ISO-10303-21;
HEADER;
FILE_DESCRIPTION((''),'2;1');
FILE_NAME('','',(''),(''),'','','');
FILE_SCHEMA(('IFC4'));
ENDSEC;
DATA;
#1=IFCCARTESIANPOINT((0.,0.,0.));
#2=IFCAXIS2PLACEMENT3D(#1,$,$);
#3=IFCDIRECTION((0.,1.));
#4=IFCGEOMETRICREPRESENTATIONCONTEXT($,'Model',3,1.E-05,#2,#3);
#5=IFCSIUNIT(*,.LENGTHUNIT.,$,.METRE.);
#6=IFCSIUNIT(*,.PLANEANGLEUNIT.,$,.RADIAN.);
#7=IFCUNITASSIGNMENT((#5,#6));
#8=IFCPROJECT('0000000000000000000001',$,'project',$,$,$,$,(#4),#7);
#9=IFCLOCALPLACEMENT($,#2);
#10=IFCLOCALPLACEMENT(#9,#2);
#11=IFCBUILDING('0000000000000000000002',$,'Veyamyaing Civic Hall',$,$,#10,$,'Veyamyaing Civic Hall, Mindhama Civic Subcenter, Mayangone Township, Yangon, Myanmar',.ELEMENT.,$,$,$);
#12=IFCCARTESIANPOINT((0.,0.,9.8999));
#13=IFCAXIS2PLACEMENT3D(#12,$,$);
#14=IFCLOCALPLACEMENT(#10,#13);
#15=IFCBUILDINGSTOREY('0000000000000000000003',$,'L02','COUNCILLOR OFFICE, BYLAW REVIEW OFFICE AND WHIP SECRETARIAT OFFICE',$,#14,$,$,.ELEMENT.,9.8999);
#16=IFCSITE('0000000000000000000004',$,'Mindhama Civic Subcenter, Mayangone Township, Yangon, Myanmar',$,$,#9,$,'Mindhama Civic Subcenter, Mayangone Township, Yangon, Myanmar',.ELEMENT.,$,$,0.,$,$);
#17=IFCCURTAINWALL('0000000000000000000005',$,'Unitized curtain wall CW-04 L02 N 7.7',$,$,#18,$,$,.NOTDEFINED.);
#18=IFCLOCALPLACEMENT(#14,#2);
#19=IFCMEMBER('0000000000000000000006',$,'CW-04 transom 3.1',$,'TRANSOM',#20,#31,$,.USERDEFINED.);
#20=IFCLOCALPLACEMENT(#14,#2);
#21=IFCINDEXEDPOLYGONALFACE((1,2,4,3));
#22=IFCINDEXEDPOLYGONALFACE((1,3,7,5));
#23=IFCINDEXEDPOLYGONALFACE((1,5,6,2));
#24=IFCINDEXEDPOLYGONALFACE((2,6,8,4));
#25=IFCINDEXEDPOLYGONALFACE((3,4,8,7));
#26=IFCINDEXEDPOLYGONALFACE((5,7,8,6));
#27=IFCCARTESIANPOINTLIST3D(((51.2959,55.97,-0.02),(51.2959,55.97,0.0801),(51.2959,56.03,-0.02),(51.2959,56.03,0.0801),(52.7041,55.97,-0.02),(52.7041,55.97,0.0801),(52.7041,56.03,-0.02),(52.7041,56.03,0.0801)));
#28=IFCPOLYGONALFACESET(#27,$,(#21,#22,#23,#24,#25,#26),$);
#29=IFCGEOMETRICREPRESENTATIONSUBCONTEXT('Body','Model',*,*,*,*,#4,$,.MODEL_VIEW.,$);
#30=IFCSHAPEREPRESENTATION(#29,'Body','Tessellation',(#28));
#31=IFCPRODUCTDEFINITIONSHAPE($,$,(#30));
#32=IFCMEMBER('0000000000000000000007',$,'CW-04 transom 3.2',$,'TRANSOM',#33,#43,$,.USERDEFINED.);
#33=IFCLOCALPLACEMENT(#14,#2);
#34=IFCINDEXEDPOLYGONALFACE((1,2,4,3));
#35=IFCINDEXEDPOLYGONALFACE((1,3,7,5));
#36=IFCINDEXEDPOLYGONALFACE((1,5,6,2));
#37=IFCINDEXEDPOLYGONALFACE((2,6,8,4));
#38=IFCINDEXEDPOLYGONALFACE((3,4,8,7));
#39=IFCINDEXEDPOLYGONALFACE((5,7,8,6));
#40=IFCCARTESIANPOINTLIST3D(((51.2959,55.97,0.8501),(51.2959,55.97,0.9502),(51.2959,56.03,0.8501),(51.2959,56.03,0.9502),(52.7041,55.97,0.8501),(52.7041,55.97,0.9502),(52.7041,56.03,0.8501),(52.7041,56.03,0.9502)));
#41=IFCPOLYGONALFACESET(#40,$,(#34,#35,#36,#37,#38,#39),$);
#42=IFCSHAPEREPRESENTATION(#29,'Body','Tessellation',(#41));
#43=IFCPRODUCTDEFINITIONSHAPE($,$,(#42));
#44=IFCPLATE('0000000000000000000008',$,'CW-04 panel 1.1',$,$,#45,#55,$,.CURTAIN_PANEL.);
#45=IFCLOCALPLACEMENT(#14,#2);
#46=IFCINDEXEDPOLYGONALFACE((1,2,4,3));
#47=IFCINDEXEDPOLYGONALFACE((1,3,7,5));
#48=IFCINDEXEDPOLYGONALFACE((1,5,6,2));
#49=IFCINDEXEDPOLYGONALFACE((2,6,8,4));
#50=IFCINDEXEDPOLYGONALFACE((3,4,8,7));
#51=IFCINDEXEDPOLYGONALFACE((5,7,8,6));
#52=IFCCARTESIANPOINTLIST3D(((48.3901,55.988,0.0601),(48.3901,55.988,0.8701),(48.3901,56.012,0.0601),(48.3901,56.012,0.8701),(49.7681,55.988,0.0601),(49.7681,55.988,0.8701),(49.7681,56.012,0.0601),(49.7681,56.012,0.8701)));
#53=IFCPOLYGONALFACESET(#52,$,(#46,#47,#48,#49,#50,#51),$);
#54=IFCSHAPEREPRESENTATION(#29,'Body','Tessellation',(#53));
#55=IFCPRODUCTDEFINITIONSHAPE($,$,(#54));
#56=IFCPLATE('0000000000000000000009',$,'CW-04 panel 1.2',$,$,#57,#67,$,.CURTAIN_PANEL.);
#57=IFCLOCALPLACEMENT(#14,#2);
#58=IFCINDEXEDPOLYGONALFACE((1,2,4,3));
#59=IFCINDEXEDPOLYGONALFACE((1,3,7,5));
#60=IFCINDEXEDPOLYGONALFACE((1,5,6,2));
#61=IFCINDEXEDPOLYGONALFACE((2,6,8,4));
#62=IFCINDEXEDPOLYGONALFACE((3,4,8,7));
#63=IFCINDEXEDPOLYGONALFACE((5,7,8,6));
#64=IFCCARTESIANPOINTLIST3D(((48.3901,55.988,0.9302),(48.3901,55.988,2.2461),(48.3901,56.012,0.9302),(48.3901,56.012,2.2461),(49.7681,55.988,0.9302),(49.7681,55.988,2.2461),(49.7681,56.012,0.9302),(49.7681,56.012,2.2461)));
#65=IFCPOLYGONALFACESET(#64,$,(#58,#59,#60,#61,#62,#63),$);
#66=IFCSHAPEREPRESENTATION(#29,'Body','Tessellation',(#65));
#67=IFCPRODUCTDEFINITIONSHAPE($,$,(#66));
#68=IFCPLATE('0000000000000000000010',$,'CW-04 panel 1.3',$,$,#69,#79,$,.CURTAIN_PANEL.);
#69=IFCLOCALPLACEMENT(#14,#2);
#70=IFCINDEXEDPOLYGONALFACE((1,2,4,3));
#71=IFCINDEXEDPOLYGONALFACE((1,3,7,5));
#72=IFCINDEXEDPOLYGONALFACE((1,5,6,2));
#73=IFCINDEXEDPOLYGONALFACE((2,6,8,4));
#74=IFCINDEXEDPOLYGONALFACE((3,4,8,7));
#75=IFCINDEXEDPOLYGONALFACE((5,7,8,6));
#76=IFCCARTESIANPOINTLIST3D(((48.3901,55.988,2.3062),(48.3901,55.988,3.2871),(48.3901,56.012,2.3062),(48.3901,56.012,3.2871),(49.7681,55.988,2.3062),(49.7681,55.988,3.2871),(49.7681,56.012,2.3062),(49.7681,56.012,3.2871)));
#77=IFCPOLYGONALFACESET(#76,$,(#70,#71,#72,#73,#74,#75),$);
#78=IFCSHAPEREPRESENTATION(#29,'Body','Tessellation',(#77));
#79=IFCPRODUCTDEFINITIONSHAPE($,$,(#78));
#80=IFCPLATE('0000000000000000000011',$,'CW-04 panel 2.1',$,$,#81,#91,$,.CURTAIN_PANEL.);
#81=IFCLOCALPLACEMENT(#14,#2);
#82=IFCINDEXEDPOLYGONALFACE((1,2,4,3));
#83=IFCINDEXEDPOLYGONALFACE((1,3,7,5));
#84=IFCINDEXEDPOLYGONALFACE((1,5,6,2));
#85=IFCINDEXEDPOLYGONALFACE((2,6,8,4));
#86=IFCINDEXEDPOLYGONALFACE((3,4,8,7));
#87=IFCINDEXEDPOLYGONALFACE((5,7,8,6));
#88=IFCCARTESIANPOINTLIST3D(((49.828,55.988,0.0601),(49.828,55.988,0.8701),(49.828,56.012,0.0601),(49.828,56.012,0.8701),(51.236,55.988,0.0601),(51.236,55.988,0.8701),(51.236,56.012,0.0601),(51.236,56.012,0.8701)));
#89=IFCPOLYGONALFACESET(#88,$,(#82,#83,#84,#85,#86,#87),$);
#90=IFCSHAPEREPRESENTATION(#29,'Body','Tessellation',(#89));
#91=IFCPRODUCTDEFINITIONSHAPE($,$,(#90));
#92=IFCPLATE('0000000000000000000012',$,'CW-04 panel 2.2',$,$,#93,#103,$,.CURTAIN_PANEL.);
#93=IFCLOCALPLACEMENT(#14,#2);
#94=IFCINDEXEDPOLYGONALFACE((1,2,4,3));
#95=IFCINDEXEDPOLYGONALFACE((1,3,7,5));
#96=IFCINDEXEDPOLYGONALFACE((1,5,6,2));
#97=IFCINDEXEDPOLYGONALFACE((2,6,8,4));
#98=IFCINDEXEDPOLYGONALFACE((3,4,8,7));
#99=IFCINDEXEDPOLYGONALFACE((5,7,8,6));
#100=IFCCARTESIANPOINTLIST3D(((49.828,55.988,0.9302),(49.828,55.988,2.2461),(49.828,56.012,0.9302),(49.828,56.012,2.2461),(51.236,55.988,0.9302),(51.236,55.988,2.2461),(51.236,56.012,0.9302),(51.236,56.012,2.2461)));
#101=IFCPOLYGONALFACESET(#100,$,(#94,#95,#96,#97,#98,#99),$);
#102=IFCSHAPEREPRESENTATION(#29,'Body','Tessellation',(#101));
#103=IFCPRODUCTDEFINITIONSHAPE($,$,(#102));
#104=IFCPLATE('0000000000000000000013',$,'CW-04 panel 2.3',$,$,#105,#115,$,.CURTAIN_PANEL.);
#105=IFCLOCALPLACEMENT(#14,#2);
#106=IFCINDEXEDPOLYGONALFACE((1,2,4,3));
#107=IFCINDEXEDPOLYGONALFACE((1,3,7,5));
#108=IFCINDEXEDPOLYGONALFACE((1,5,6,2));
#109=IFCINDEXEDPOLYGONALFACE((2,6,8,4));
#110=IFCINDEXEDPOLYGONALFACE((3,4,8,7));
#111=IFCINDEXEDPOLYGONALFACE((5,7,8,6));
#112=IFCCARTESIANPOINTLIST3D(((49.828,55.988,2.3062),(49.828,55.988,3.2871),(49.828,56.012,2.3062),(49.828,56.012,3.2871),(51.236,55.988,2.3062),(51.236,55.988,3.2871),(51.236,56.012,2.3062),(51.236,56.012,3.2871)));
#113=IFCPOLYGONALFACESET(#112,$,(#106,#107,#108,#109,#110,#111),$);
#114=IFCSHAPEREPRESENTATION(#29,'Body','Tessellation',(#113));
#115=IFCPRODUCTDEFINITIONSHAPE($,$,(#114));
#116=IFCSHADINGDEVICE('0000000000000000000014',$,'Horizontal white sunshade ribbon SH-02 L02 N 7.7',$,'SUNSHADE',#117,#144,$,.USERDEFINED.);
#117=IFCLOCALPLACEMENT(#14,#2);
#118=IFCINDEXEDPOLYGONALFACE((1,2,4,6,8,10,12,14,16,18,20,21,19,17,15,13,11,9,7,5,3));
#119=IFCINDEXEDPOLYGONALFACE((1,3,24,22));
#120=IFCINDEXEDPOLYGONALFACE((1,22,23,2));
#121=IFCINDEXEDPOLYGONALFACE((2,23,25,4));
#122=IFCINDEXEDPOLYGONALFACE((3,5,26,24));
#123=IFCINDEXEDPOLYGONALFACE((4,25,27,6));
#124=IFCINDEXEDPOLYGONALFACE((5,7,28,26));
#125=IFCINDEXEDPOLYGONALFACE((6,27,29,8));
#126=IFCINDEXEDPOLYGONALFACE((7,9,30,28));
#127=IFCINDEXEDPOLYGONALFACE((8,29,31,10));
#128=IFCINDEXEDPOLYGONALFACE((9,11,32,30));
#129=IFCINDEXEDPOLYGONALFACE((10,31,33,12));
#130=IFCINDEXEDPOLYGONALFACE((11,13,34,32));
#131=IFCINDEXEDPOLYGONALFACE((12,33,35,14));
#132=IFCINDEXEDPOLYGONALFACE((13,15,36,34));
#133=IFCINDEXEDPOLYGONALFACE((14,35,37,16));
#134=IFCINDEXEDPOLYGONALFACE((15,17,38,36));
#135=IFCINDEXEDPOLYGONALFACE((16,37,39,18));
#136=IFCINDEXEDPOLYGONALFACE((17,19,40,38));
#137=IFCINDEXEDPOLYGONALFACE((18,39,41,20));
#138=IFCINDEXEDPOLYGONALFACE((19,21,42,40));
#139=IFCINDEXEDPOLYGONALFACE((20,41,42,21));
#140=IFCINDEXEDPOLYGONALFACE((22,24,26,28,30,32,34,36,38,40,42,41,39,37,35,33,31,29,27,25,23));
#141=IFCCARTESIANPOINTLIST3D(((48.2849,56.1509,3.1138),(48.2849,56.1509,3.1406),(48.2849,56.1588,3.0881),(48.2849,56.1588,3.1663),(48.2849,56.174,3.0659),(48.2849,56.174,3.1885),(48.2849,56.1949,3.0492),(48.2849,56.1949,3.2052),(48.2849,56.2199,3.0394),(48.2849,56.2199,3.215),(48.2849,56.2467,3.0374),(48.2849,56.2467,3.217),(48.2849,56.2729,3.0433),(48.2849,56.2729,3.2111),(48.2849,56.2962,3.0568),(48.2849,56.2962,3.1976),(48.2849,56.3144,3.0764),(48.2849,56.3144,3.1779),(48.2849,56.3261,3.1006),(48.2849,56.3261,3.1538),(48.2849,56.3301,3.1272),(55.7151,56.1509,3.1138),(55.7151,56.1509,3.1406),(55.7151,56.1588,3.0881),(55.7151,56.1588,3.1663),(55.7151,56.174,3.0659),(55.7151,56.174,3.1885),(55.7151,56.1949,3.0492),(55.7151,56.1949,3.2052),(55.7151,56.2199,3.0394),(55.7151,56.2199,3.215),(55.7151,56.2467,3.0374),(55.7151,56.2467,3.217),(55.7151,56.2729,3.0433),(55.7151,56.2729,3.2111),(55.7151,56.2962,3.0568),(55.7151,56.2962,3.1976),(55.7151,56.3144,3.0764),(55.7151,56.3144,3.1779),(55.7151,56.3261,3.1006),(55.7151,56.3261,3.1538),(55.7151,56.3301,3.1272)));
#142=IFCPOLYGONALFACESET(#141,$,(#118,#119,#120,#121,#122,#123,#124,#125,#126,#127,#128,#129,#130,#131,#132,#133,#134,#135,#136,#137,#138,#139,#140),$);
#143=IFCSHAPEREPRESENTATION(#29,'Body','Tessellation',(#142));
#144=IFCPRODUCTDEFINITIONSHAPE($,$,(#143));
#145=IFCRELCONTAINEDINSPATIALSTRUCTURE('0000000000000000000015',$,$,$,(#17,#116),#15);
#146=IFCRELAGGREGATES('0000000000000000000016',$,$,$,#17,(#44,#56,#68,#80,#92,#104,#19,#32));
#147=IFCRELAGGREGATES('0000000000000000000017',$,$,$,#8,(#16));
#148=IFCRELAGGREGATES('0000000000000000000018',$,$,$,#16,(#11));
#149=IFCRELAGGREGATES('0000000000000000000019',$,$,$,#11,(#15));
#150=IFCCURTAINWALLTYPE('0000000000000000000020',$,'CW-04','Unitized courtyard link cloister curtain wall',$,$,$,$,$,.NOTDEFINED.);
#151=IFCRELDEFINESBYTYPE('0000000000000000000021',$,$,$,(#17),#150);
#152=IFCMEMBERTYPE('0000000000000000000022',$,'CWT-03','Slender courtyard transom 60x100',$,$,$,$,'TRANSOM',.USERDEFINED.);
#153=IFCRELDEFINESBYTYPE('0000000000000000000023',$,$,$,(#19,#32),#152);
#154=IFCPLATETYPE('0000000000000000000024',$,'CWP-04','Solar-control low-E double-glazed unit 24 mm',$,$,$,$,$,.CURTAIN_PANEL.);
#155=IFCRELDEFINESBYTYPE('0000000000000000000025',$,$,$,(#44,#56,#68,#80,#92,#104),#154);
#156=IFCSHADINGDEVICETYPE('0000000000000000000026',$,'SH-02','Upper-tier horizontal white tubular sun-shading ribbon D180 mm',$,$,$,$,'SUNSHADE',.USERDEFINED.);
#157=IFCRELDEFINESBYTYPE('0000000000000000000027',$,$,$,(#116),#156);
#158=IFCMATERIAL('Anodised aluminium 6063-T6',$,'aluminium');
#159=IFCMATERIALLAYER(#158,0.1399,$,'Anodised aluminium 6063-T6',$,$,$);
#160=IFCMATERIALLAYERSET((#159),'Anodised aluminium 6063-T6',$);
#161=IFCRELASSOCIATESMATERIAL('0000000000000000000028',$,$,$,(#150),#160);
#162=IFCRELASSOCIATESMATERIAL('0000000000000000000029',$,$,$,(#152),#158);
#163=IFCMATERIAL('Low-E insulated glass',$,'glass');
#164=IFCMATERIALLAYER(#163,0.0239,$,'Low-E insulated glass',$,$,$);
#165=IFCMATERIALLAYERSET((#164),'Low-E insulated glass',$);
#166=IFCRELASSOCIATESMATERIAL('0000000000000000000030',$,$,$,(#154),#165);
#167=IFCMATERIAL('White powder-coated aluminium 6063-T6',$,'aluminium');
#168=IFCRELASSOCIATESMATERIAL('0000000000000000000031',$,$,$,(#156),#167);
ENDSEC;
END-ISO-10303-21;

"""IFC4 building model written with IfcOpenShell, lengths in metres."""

from ifc_helpers import new_model, si_unit, direction, frame, origin, origin_2d, place, context, subcontext, project, spatial, rectangle, circle, extrude, material, layer, layer_set, material_profile, profile_set, type_object, element, aggregate, save


model = new_model("IFC4")

# Units and contexts
model_context = context("Model", 3, precision=1e-05, world=origin(), true_north=direction((0.0, 1.0)))
body_context = subcontext(model_context, "Body", "Model", "MODEL_VIEW")
ifc_project = project(units=[si_unit("LENGTHUNIT", "METRE"), si_unit("PLANEANGLEUNIT", "RADIAN")], contexts=[model_context])

# Site, building, storey
site_placement = place(None, origin())
site = spatial("IfcSite", under=ifc_project, at=site_placement, Name="Mindhama Civic Subcenter, Mayangone Township, Yangon, Myanmar", LongName="Mindhama Civic Subcenter, Mayangone Township, Yangon, Myanmar", CompositionType="ELEMENT", RefElevation=0.0)
building_placement = place(site_placement, origin())
building = spatial("IfcBuilding", under=site, at=building_placement, Name="Veyamyaing Civic Hall", LongName="Veyamyaing Civic Hall, Mindhama Civic Subcenter, Mayangone Township, Yangon, Myanmar", CompositionType="ELEMENT")
storey_placement = place(building_placement, frame((0.0, 0.0, 9.8999)))
storey = spatial("IfcBuildingStorey", under=building, at=storey_placement, Name="L02", Description="COUNCILLOR OFFICE, BYLAW REVIEW OFFICE AND WHIP SECRETARIAT OFFICE", CompositionType="ELEMENT", Elevation=9.8999)

# Curtain wall, members, plates
ifc_material_1 = material(Name="Anodised aluminium 6063-T6", Category="aluminium")
ifc_layer_1 = layer(ifc_material_1, 0.1399, Name="Anodised aluminium 6063-T6")
ifc_layer_set_1 = layer_set([ifc_layer_1], Name="Anodised aluminium 6063-T6")
curtain_wall_type = type_object("IfcCurtainWallType", Name="CW-04", Description="Unitized courtyard link cloister curtain wall", PredefinedType="NOTDEFINED", material=ifc_layer_set_1)
curtain_wall_placement = place(storey_placement, origin())
curtain_wall = element("IfcCurtainWall", 1, at=curtain_wall_placement, inside=storey, type_object=curtain_wall_type, Name="Unitized curtain wall CW-04 L02 N 7.7", PredefinedType="NOTDEFINED")
ifc_material_profile_1 = material_profile(ifc_material_1, rectangle(XDim=0.0601, YDim=0.1001, at=origin_2d()), Name="ALU-TRN-60X100")
ifc_profile_set_1 = profile_set([ifc_material_profile_1], Name="Anodised aluminium 6063-T6")
member_type_1 = type_object("IfcMemberType", Name="CWT-03", Description="Slender courtyard transom 60x100", ElementType="TRANSOM", PredefinedType="USERDEFINED", material=ifc_profile_set_1)
member_1_placement = place(storey_placement, frame((51.2959, 56.0, 0.03), z_axis=(1.0, 0.0, 0.0), x_axis=(0.0, 1.0, 0.0)))
member_1 = element("IfcMember", 2, at=member_1_placement, type_object=member_type_1, Name="CW-04 transom 3.1", ObjectType="TRANSOM", PredefinedType="USERDEFINED", context=body_context, shape_type="SweptSolid", body=[
    extrude(rectangle(XDim=0.0601, YDim=0.1001, at=origin_2d()), origin(), (0.0, 0.0, 1.0), 1.4082),
])
member_2_placement = place(storey_placement, frame((51.2959, 56.0, 0.9001), z_axis=(1.0, 0.0, 0.0), x_axis=(0.0, 1.0, 0.0)))
member_2 = element("IfcMember", 3, at=member_2_placement, type_object=member_type_1, Name="CW-04 transom 3.2", ObjectType="TRANSOM", PredefinedType="USERDEFINED", context=body_context, shape_type="SweptSolid", body=[
    extrude(rectangle(XDim=0.0601, YDim=0.1001, at=origin_2d()), origin(), (0.0, 0.0, 1.0), 1.4082),
])
ifc_material_2 = material(Name="Low-E insulated glass", Category="glass")
ifc_layer_2 = layer(ifc_material_2, 0.0239, Name="Low-E insulated glass")
ifc_layer_set_2 = layer_set([ifc_layer_2], Name="Low-E insulated glass")
plate_type = type_object("IfcPlateType", Name="CWP-04", Description="Solar-control low-E double-glazed unit 24 mm", PredefinedType="CURTAIN_PANEL", material=ifc_layer_set_2)
plate_1_placement = place(storey_placement, frame((49.0791, 56.0, 0.0601), z_axis=(0.0, 0.0, 1.0), x_axis=(1.0, 0.0, 0.0)))
plate_1 = element("IfcPlate", 4, at=plate_1_placement, type_object=plate_type, Name="CW-04 panel 1.1", PredefinedType="CURTAIN_PANEL", context=body_context, shape_type="SweptSolid", body=[
    extrude(rectangle(XDim=1.3779, YDim=0.0239, at=origin_2d()), origin(), (0.0, 0.0, 1.0), 0.8101),
])
plate_2_placement = place(storey_placement, frame((49.0791, 56.0, 0.9302), z_axis=(0.0, 0.0, 1.0), x_axis=(1.0, 0.0, 0.0)))
plate_2 = element("IfcPlate", 5, at=plate_2_placement, type_object=plate_type, Name="CW-04 panel 1.2", PredefinedType="CURTAIN_PANEL", context=body_context, shape_type="SweptSolid", body=[
    extrude(rectangle(XDim=1.3779, YDim=0.0239, at=origin_2d()), origin(), (0.0, 0.0, 1.0), 1.3159),
])
plate_3_placement = place(storey_placement, frame((49.0791, 56.0, 2.3062), z_axis=(0.0, 0.0, 1.0), x_axis=(1.0, 0.0, 0.0)))
plate_3 = element("IfcPlate", 6, at=plate_3_placement, type_object=plate_type, Name="CW-04 panel 1.3", PredefinedType="CURTAIN_PANEL", context=body_context, shape_type="SweptSolid", body=[
    extrude(rectangle(XDim=1.3779, YDim=0.0239, at=origin_2d()), origin(), (0.0, 0.0, 1.0), 0.981),
])
plate_4_placement = place(storey_placement, frame((50.532, 56.0, 0.0601), z_axis=(0.0, 0.0, 1.0), x_axis=(1.0, 0.0, 0.0)))
plate_4 = element("IfcPlate", 7, at=plate_4_placement, type_object=plate_type, Name="CW-04 panel 2.1", PredefinedType="CURTAIN_PANEL", context=body_context, shape_type="SweptSolid", body=[
    extrude(rectangle(XDim=1.408, YDim=0.0239, at=origin_2d()), origin(), (0.0, 0.0, 1.0), 0.8101),
])
plate_5_placement = place(storey_placement, frame((50.532, 56.0, 0.9302), z_axis=(0.0, 0.0, 1.0), x_axis=(1.0, 0.0, 0.0)))
plate_5 = element("IfcPlate", 8, at=plate_5_placement, type_object=plate_type, Name="CW-04 panel 2.2", PredefinedType="CURTAIN_PANEL", context=body_context, shape_type="SweptSolid", body=[
    extrude(rectangle(XDim=1.408, YDim=0.0239, at=origin_2d()), origin(), (0.0, 0.0, 1.0), 1.3159),
])
plate_6_placement = place(storey_placement, frame((50.532, 56.0, 2.3062), z_axis=(0.0, 0.0, 1.0), x_axis=(1.0, 0.0, 0.0)))
plate_6 = element("IfcPlate", 9, at=plate_6_placement, type_object=plate_type, Name="CW-04 panel 2.3", PredefinedType="CURTAIN_PANEL", context=body_context, shape_type="SweptSolid", body=[
    extrude(rectangle(XDim=1.408, YDim=0.0239, at=origin_2d()), origin(), (0.0, 0.0, 1.0), 0.981),
])
aggregate(curtain_wall, [plate_1, plate_2, plate_3, plate_4, plate_5, plate_6, member_1, member_2])

# Shading device
ifc_material_3 = material(Name="White powder-coated aluminium 6063-T6", Category="aluminium")
ifc_material_profile_2 = material_profile(ifc_material_3, circle(Radius=0.0901, at=origin_2d()), Name="SHADE-TUBE-180")
ifc_profile_set_2 = profile_set([ifc_material_profile_2], Name="White powder-coated aluminium 6063-T6")
shading_device_type = type_object("IfcShadingDeviceType", Name="SH-02", Description="Upper-tier horizontal white tubular sun-shading ribbon D180 mm", ElementType="SUNSHADE", PredefinedType="USERDEFINED", material=ifc_profile_set_2)
shading_device_placement = place(storey_placement, frame((48.2849, 56.24, 3.1272), z_axis=(1.0, 0.0, 0.0), x_axis=(0.0, 1.0, 0.0)))
element("IfcShadingDevice", 10, at=shading_device_placement, inside=storey, type_object=shading_device_type, Name="Horizontal white sunshade ribbon SH-02 L02 N 7.7", ObjectType="SUNSHADE", PredefinedType="USERDEFINED", context=body_context, shape_type="SweptSolid", body=[
    extrude(circle(Radius=0.0901, at=origin_2d()), origin(), (0.0, 0.0, 1.0), 7.4302),
])

save(model, "model.ifc")
